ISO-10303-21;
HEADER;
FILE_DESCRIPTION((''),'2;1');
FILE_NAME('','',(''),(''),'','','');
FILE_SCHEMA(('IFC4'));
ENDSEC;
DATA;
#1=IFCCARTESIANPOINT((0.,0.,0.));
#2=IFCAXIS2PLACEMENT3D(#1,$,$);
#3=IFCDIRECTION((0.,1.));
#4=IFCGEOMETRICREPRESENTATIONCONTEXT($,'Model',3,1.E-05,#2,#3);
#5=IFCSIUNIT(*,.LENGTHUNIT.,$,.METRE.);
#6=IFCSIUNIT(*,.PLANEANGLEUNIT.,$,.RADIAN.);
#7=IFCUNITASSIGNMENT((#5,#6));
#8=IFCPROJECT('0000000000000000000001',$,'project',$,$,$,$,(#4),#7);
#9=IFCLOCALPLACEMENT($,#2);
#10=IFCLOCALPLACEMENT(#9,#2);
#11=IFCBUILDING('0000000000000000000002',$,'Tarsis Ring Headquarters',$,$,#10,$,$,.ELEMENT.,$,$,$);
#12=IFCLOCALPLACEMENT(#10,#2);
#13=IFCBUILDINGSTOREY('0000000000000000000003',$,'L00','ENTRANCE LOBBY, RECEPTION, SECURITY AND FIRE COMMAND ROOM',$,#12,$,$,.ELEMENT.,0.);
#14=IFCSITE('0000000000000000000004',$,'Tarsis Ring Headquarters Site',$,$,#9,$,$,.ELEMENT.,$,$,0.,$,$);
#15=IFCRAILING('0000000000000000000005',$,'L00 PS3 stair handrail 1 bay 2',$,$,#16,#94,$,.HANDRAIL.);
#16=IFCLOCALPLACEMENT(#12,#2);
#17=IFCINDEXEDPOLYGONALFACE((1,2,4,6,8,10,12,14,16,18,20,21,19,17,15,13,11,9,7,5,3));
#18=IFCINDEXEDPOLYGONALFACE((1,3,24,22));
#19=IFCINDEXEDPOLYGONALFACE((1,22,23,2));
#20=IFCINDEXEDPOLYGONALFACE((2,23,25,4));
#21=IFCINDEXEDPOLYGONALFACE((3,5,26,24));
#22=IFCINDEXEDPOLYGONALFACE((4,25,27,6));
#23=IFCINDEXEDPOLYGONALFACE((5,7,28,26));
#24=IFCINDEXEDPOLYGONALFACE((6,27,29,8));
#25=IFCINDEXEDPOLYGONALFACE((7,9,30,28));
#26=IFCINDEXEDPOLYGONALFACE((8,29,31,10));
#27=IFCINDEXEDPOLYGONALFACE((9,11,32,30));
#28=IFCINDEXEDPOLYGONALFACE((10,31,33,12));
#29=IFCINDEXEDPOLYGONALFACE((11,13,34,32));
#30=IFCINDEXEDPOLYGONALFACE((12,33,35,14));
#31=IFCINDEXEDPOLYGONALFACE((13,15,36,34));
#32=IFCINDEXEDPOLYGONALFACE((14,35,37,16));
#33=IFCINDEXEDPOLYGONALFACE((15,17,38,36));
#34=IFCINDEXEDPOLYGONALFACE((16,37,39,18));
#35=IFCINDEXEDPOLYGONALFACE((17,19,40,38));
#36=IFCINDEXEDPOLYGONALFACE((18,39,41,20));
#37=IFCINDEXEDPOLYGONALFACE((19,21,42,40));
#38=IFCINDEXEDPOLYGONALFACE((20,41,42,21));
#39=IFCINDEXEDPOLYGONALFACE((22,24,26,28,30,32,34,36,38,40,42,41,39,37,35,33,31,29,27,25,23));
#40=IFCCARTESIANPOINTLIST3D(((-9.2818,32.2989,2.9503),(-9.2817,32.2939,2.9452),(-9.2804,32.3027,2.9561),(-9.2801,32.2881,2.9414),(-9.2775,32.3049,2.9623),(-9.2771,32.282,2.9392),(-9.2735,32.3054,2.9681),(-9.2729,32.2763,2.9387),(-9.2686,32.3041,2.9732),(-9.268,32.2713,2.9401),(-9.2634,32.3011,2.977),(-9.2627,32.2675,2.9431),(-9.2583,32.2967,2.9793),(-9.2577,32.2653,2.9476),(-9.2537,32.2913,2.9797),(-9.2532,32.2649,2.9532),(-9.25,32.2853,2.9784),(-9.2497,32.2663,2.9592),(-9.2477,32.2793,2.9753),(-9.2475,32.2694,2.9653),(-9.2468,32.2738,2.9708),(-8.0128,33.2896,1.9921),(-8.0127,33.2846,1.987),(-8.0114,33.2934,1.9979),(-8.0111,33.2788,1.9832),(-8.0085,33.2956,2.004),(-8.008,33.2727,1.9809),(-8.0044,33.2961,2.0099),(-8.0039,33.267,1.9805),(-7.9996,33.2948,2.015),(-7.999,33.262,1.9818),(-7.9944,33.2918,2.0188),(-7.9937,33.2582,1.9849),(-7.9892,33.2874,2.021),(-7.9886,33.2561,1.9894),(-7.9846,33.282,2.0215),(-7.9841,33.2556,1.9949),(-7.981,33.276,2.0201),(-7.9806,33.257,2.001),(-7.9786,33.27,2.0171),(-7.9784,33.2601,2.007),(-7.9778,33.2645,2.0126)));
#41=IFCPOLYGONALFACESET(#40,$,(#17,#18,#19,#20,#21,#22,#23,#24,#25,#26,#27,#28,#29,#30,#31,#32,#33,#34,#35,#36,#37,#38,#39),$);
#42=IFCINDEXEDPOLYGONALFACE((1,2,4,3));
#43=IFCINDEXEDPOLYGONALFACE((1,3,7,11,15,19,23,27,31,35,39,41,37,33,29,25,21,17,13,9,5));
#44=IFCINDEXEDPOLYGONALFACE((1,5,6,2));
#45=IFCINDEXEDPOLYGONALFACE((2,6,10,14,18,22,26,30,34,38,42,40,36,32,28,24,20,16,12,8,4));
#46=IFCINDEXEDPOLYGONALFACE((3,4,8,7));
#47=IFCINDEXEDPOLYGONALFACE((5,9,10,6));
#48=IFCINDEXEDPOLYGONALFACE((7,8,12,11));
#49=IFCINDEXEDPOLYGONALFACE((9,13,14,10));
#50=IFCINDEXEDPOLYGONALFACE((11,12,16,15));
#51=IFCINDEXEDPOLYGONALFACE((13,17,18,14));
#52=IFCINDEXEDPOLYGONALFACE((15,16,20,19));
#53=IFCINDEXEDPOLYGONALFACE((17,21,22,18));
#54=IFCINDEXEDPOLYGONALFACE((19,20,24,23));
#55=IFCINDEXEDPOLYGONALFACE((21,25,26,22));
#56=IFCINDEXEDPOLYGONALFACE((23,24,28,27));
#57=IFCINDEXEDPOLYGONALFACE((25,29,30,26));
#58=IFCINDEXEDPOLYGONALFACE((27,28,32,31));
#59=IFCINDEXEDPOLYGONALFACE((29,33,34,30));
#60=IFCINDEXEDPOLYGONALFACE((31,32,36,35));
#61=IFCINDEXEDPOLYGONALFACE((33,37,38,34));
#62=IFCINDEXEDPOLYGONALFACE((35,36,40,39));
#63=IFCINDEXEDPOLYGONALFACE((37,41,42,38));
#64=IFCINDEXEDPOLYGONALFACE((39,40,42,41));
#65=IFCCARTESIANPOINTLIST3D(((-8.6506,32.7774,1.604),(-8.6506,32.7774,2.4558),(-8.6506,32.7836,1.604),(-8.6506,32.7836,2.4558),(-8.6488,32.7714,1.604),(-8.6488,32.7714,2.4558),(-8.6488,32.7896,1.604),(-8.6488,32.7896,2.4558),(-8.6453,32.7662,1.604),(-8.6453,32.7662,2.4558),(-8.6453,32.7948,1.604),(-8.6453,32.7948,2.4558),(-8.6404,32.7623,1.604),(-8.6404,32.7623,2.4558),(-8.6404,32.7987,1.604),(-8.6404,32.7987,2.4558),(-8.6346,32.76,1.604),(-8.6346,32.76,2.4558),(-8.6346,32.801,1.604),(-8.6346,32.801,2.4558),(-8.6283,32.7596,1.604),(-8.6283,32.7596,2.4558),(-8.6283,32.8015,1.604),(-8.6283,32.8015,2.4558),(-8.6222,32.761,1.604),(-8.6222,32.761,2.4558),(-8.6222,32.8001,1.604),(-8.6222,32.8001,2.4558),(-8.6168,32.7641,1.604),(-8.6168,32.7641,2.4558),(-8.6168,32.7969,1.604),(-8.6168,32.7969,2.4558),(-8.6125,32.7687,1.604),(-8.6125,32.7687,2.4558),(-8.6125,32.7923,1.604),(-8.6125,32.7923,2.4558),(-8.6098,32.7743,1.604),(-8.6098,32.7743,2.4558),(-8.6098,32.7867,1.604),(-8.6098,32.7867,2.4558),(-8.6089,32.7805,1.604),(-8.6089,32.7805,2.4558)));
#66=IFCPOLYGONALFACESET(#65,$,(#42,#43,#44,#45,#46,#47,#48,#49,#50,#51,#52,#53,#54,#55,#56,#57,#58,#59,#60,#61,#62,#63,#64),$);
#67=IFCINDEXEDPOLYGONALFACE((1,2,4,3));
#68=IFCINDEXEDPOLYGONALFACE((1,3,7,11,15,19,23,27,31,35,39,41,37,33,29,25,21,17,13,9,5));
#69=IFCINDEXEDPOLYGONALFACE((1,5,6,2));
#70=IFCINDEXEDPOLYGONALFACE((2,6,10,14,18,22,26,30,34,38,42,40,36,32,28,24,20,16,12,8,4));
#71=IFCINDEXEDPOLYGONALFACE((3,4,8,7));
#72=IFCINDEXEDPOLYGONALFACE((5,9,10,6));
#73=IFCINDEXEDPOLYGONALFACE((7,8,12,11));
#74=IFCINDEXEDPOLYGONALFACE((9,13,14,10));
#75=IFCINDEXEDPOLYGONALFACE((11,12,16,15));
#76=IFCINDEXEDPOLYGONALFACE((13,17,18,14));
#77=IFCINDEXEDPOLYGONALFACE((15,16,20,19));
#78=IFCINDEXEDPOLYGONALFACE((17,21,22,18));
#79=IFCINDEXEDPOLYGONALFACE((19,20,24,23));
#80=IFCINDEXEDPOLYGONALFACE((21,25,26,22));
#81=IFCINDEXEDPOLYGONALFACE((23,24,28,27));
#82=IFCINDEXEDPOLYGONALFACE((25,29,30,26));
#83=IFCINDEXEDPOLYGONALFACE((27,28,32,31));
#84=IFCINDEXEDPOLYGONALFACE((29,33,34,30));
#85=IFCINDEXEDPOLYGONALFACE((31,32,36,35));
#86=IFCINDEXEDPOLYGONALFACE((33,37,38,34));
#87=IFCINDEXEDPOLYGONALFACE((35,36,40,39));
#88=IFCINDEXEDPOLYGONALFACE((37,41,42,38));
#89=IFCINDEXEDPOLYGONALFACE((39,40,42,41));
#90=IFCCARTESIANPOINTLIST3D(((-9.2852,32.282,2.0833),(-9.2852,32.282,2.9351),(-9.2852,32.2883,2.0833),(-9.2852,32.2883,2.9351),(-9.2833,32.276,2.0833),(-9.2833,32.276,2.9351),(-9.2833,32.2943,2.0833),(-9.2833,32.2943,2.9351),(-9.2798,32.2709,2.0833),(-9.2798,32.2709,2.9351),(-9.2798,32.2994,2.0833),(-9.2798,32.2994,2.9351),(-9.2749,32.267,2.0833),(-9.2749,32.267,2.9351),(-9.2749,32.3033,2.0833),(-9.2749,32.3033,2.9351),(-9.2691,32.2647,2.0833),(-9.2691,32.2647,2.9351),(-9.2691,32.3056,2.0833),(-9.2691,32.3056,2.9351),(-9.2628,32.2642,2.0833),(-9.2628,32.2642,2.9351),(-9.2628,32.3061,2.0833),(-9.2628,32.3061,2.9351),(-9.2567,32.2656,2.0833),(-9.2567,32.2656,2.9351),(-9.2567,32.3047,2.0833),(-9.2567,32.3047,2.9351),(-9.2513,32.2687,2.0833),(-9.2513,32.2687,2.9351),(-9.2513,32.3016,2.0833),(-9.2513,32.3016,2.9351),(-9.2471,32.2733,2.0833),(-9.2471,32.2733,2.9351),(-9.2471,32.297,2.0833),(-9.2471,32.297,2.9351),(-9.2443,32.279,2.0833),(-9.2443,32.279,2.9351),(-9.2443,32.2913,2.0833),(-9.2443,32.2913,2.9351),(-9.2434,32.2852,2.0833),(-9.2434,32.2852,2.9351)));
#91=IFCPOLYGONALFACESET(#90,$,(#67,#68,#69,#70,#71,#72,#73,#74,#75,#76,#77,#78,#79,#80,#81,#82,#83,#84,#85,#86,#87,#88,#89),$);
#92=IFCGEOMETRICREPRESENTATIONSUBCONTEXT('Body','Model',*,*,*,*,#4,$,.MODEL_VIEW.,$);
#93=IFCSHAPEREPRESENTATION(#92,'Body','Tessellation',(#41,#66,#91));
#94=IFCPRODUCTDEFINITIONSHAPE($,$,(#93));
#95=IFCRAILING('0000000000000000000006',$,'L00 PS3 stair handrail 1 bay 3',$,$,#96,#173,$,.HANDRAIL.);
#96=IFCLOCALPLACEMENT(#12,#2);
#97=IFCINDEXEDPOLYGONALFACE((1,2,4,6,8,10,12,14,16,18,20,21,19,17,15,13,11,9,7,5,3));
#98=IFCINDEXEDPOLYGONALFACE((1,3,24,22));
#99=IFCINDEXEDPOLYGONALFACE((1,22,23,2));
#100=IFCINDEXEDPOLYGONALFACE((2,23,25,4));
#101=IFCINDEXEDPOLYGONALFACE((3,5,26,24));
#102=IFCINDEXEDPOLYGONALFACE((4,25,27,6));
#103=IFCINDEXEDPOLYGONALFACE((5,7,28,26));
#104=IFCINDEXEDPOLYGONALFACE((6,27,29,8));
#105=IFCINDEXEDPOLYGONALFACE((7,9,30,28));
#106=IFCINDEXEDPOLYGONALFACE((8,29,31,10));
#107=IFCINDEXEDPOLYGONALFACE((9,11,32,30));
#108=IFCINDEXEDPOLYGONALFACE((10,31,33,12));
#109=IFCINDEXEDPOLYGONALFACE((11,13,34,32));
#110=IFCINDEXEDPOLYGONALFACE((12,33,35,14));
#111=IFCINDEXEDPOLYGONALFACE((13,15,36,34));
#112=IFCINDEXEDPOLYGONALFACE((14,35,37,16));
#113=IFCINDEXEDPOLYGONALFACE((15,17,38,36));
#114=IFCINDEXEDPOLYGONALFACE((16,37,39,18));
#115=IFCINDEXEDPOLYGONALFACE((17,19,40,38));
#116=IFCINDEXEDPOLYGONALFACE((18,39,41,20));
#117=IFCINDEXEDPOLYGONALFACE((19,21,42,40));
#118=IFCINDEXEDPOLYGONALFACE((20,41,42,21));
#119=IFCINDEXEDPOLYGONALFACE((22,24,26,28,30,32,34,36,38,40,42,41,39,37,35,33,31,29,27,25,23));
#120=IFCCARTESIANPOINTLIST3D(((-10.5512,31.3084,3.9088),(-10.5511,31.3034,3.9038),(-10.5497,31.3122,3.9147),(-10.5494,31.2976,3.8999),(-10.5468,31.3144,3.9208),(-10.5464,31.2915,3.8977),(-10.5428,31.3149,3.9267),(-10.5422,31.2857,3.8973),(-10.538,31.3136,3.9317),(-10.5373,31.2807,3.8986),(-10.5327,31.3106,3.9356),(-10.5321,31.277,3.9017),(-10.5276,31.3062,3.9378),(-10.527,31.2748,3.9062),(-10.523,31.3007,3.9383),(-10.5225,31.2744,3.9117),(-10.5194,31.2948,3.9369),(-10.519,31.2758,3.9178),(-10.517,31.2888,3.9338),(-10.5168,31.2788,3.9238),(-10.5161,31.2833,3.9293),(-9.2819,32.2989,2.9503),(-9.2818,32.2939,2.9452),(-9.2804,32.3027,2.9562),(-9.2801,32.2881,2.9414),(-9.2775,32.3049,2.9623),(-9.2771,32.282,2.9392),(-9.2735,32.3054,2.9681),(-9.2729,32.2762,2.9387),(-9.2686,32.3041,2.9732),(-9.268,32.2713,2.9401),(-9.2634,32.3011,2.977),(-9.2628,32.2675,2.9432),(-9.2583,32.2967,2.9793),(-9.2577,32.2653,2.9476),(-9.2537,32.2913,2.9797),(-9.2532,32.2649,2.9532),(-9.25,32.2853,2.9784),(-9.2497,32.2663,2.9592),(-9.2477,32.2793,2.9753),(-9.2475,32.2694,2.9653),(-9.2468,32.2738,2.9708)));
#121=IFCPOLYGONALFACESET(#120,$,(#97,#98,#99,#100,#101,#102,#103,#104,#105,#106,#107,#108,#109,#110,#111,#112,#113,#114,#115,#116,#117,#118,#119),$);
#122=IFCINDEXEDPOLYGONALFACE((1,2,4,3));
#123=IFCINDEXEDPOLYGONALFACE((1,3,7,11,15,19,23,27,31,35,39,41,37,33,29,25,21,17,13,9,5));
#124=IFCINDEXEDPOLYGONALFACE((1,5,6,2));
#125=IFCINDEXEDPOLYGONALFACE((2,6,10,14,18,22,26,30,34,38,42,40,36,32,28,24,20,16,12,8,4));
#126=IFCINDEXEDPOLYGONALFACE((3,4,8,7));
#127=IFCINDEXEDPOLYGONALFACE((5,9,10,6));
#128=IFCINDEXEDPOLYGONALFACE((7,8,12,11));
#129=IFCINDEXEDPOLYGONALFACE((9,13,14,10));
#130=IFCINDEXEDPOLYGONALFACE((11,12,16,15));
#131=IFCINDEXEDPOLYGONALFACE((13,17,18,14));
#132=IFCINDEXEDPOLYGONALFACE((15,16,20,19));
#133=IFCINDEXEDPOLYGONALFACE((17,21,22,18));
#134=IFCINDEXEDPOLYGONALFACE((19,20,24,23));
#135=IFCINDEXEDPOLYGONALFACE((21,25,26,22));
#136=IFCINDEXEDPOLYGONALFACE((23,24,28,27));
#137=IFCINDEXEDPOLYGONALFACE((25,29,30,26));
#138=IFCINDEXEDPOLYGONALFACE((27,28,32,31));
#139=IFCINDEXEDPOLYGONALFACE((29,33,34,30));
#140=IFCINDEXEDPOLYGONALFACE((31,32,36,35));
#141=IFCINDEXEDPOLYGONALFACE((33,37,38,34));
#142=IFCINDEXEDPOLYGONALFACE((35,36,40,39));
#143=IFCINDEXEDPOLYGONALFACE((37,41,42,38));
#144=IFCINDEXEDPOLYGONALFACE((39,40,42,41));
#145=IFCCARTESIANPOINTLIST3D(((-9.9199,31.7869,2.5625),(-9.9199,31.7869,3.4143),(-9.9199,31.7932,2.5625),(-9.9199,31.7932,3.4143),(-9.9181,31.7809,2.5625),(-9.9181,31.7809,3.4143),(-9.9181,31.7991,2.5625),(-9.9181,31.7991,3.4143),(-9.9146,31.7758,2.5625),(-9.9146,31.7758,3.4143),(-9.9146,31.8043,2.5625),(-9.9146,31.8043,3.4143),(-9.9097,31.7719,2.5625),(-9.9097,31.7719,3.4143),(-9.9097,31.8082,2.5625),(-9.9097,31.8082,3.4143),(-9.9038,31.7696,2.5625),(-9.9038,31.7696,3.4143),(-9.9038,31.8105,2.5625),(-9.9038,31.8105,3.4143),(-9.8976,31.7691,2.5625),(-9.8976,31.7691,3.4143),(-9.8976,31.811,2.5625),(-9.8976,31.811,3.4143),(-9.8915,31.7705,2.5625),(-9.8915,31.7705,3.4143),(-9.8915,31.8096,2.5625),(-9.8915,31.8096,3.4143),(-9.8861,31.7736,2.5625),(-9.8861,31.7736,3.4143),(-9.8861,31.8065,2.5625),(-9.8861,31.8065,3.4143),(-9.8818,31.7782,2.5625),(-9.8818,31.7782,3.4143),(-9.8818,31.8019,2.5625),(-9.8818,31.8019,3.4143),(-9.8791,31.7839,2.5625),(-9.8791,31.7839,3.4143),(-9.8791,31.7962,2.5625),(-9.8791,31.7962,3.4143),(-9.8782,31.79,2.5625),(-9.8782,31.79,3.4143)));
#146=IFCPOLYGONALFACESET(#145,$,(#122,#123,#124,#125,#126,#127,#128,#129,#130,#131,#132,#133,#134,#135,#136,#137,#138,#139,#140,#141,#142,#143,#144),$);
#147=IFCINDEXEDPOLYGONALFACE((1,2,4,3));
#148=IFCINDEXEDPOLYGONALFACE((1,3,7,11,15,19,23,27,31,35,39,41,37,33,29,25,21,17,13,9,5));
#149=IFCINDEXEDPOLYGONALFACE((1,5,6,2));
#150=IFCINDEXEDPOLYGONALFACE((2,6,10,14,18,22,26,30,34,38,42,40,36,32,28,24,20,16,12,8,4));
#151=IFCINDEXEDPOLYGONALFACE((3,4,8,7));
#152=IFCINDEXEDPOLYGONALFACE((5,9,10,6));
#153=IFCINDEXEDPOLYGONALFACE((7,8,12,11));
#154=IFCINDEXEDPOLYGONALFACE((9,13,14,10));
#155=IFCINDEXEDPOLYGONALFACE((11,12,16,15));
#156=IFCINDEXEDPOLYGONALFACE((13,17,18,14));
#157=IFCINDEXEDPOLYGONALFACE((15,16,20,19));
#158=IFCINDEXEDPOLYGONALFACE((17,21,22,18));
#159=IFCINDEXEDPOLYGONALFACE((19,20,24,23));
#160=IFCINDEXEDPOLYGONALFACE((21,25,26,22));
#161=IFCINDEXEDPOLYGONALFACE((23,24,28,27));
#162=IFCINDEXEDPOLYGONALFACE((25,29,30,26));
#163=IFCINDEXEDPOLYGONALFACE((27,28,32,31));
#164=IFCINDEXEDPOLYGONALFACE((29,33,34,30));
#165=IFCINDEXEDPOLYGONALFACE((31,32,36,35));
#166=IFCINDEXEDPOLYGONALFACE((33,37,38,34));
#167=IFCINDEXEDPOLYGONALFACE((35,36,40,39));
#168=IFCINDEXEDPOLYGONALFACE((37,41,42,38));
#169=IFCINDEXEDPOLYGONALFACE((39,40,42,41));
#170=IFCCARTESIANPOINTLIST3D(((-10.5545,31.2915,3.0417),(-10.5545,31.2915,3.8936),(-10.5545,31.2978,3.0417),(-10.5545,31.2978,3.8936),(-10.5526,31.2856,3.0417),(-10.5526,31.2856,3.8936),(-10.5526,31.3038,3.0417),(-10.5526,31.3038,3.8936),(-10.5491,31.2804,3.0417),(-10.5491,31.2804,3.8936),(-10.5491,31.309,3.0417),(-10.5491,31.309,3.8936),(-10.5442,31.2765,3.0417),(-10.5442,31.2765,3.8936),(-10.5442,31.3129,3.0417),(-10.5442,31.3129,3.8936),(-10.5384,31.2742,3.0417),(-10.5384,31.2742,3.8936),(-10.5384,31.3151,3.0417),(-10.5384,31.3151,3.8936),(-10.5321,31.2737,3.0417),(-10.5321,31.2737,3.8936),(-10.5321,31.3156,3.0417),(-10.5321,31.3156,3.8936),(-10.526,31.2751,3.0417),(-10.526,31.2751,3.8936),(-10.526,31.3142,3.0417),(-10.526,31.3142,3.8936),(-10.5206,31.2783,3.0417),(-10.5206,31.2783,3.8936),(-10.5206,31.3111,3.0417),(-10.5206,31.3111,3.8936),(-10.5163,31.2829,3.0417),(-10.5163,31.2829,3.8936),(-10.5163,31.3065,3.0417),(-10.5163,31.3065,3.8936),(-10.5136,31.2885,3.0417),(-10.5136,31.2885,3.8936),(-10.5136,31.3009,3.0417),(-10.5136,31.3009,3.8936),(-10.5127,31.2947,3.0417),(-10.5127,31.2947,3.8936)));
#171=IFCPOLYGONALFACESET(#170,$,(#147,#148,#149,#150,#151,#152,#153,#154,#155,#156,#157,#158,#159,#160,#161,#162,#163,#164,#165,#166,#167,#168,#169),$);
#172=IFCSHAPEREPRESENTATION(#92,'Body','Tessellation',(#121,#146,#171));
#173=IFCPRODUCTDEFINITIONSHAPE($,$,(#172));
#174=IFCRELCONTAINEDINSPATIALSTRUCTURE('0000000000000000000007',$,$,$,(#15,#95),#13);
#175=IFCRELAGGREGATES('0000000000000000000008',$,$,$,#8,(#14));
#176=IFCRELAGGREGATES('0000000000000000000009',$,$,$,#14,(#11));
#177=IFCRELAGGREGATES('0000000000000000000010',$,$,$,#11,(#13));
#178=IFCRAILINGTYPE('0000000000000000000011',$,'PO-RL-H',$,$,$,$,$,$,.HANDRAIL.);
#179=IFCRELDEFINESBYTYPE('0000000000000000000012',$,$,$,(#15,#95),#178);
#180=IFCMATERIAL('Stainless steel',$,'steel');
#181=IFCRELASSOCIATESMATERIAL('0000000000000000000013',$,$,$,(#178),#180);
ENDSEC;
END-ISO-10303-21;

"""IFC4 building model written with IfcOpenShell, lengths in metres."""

from ifc_helpers import new_model, si_unit, direction, frame, origin, origin_2d, place, context, subcontext, project, spatial, circle, extrude, material, type_object, element, save


model = new_model("IFC4")

# Units and contexts
model_context = context("Model", 3, precision=1e-05, world=origin(), true_north=direction((0.0, 1.0)))
body_context = subcontext(model_context, "Body", "Model", "MODEL_VIEW")
ifc_project = project(units=[si_unit("LENGTHUNIT", "METRE"), si_unit("PLANEANGLEUNIT", "RADIAN")], contexts=[model_context])

# Site, building, storey
site_placement = place(None, origin())
site = spatial("IfcSite", under=ifc_project, at=site_placement, Name="Tarsis Ring Headquarters Site", CompositionType="ELEMENT", RefElevation=0.0)
building_placement = place(site_placement, origin())
building = spatial("IfcBuilding", under=site, at=building_placement, Name="Tarsis Ring Headquarters", CompositionType="ELEMENT")
storey_placement = place(building_placement, origin())
storey = spatial("IfcBuildingStorey", under=building, at=storey_placement, Name="L00", Description="ENTRANCE LOBBY, RECEPTION, SECURITY AND FIRE COMMAND ROOM", CompositionType="ELEMENT", Elevation=0.0)

# Railings
ifc_material_1 = material(Name="Stainless steel", Category="steel")
railing_type_1 = type_object("IfcRailingType", Name="PO-RL-H", PredefinedType="HANDRAIL", material=ifc_material_1)
railing_1_placement = place(storey_placement, frame((-7.9954, 33.2759, 1.125)))
element("IfcRailing", 1, at=railing_1_placement, inside=storey, type_object=railing_type_1, Name="L00 PS3 stair handrail 1 bay 2", PredefinedType="HANDRAIL", context=body_context, shape_type="SweptSolid", body=[
    extrude(circle(Radius=0.0239, at=origin_2d()), frame((0.0, 0.0, 0.876), z_axis=(-0.677341, -0.52879, 0.511459), x_axis=(0.615367, -0.78824, 0.0)), (0.0, 0.0, 1.0), 1.8735),
    extrude(circle(Radius=0.021, at=origin_2d()), frame((-0.6345, -0.4954, 0.479)), (0.0, 0.0, 1.0), 0.8518),
    extrude(circle(Radius=0.021, at=origin_2d()), frame((-1.269, -0.9907, 0.9583)), (0.0, 0.0, 1.0), 0.8518),
])
railing_2_placement = place(storey_placement, frame((-9.2644, 32.2852, 2.0833)))
element("IfcRailing", 2, at=railing_2_placement, inside=storey, type_object=railing_type_1, Name="L00 PS3 stair handrail 1 bay 3", PredefinedType="HANDRAIL", context=body_context, shape_type="SweptSolid", body=[
    extrude(circle(Radius=0.0239, at=origin_2d()), frame((0.0, 0.0, 0.876), z_axis=(-0.677413, -0.528614, 0.511545), x_axis=(0.6152, -0.788371, 0.0)), (0.0, 0.0, 1.0), 1.8738),
    extrude(circle(Radius=0.021, at=origin_2d()), frame((-0.6348, -0.4951, 0.4792)), (0.0, 0.0, 1.0), 0.8518),
    extrude(circle(Radius=0.021, at=origin_2d()), frame((-1.2693, -0.9905, 0.9585)), (0.0, 0.0, 1.0), 0.8518),
])

save(model, "model.ifc")
